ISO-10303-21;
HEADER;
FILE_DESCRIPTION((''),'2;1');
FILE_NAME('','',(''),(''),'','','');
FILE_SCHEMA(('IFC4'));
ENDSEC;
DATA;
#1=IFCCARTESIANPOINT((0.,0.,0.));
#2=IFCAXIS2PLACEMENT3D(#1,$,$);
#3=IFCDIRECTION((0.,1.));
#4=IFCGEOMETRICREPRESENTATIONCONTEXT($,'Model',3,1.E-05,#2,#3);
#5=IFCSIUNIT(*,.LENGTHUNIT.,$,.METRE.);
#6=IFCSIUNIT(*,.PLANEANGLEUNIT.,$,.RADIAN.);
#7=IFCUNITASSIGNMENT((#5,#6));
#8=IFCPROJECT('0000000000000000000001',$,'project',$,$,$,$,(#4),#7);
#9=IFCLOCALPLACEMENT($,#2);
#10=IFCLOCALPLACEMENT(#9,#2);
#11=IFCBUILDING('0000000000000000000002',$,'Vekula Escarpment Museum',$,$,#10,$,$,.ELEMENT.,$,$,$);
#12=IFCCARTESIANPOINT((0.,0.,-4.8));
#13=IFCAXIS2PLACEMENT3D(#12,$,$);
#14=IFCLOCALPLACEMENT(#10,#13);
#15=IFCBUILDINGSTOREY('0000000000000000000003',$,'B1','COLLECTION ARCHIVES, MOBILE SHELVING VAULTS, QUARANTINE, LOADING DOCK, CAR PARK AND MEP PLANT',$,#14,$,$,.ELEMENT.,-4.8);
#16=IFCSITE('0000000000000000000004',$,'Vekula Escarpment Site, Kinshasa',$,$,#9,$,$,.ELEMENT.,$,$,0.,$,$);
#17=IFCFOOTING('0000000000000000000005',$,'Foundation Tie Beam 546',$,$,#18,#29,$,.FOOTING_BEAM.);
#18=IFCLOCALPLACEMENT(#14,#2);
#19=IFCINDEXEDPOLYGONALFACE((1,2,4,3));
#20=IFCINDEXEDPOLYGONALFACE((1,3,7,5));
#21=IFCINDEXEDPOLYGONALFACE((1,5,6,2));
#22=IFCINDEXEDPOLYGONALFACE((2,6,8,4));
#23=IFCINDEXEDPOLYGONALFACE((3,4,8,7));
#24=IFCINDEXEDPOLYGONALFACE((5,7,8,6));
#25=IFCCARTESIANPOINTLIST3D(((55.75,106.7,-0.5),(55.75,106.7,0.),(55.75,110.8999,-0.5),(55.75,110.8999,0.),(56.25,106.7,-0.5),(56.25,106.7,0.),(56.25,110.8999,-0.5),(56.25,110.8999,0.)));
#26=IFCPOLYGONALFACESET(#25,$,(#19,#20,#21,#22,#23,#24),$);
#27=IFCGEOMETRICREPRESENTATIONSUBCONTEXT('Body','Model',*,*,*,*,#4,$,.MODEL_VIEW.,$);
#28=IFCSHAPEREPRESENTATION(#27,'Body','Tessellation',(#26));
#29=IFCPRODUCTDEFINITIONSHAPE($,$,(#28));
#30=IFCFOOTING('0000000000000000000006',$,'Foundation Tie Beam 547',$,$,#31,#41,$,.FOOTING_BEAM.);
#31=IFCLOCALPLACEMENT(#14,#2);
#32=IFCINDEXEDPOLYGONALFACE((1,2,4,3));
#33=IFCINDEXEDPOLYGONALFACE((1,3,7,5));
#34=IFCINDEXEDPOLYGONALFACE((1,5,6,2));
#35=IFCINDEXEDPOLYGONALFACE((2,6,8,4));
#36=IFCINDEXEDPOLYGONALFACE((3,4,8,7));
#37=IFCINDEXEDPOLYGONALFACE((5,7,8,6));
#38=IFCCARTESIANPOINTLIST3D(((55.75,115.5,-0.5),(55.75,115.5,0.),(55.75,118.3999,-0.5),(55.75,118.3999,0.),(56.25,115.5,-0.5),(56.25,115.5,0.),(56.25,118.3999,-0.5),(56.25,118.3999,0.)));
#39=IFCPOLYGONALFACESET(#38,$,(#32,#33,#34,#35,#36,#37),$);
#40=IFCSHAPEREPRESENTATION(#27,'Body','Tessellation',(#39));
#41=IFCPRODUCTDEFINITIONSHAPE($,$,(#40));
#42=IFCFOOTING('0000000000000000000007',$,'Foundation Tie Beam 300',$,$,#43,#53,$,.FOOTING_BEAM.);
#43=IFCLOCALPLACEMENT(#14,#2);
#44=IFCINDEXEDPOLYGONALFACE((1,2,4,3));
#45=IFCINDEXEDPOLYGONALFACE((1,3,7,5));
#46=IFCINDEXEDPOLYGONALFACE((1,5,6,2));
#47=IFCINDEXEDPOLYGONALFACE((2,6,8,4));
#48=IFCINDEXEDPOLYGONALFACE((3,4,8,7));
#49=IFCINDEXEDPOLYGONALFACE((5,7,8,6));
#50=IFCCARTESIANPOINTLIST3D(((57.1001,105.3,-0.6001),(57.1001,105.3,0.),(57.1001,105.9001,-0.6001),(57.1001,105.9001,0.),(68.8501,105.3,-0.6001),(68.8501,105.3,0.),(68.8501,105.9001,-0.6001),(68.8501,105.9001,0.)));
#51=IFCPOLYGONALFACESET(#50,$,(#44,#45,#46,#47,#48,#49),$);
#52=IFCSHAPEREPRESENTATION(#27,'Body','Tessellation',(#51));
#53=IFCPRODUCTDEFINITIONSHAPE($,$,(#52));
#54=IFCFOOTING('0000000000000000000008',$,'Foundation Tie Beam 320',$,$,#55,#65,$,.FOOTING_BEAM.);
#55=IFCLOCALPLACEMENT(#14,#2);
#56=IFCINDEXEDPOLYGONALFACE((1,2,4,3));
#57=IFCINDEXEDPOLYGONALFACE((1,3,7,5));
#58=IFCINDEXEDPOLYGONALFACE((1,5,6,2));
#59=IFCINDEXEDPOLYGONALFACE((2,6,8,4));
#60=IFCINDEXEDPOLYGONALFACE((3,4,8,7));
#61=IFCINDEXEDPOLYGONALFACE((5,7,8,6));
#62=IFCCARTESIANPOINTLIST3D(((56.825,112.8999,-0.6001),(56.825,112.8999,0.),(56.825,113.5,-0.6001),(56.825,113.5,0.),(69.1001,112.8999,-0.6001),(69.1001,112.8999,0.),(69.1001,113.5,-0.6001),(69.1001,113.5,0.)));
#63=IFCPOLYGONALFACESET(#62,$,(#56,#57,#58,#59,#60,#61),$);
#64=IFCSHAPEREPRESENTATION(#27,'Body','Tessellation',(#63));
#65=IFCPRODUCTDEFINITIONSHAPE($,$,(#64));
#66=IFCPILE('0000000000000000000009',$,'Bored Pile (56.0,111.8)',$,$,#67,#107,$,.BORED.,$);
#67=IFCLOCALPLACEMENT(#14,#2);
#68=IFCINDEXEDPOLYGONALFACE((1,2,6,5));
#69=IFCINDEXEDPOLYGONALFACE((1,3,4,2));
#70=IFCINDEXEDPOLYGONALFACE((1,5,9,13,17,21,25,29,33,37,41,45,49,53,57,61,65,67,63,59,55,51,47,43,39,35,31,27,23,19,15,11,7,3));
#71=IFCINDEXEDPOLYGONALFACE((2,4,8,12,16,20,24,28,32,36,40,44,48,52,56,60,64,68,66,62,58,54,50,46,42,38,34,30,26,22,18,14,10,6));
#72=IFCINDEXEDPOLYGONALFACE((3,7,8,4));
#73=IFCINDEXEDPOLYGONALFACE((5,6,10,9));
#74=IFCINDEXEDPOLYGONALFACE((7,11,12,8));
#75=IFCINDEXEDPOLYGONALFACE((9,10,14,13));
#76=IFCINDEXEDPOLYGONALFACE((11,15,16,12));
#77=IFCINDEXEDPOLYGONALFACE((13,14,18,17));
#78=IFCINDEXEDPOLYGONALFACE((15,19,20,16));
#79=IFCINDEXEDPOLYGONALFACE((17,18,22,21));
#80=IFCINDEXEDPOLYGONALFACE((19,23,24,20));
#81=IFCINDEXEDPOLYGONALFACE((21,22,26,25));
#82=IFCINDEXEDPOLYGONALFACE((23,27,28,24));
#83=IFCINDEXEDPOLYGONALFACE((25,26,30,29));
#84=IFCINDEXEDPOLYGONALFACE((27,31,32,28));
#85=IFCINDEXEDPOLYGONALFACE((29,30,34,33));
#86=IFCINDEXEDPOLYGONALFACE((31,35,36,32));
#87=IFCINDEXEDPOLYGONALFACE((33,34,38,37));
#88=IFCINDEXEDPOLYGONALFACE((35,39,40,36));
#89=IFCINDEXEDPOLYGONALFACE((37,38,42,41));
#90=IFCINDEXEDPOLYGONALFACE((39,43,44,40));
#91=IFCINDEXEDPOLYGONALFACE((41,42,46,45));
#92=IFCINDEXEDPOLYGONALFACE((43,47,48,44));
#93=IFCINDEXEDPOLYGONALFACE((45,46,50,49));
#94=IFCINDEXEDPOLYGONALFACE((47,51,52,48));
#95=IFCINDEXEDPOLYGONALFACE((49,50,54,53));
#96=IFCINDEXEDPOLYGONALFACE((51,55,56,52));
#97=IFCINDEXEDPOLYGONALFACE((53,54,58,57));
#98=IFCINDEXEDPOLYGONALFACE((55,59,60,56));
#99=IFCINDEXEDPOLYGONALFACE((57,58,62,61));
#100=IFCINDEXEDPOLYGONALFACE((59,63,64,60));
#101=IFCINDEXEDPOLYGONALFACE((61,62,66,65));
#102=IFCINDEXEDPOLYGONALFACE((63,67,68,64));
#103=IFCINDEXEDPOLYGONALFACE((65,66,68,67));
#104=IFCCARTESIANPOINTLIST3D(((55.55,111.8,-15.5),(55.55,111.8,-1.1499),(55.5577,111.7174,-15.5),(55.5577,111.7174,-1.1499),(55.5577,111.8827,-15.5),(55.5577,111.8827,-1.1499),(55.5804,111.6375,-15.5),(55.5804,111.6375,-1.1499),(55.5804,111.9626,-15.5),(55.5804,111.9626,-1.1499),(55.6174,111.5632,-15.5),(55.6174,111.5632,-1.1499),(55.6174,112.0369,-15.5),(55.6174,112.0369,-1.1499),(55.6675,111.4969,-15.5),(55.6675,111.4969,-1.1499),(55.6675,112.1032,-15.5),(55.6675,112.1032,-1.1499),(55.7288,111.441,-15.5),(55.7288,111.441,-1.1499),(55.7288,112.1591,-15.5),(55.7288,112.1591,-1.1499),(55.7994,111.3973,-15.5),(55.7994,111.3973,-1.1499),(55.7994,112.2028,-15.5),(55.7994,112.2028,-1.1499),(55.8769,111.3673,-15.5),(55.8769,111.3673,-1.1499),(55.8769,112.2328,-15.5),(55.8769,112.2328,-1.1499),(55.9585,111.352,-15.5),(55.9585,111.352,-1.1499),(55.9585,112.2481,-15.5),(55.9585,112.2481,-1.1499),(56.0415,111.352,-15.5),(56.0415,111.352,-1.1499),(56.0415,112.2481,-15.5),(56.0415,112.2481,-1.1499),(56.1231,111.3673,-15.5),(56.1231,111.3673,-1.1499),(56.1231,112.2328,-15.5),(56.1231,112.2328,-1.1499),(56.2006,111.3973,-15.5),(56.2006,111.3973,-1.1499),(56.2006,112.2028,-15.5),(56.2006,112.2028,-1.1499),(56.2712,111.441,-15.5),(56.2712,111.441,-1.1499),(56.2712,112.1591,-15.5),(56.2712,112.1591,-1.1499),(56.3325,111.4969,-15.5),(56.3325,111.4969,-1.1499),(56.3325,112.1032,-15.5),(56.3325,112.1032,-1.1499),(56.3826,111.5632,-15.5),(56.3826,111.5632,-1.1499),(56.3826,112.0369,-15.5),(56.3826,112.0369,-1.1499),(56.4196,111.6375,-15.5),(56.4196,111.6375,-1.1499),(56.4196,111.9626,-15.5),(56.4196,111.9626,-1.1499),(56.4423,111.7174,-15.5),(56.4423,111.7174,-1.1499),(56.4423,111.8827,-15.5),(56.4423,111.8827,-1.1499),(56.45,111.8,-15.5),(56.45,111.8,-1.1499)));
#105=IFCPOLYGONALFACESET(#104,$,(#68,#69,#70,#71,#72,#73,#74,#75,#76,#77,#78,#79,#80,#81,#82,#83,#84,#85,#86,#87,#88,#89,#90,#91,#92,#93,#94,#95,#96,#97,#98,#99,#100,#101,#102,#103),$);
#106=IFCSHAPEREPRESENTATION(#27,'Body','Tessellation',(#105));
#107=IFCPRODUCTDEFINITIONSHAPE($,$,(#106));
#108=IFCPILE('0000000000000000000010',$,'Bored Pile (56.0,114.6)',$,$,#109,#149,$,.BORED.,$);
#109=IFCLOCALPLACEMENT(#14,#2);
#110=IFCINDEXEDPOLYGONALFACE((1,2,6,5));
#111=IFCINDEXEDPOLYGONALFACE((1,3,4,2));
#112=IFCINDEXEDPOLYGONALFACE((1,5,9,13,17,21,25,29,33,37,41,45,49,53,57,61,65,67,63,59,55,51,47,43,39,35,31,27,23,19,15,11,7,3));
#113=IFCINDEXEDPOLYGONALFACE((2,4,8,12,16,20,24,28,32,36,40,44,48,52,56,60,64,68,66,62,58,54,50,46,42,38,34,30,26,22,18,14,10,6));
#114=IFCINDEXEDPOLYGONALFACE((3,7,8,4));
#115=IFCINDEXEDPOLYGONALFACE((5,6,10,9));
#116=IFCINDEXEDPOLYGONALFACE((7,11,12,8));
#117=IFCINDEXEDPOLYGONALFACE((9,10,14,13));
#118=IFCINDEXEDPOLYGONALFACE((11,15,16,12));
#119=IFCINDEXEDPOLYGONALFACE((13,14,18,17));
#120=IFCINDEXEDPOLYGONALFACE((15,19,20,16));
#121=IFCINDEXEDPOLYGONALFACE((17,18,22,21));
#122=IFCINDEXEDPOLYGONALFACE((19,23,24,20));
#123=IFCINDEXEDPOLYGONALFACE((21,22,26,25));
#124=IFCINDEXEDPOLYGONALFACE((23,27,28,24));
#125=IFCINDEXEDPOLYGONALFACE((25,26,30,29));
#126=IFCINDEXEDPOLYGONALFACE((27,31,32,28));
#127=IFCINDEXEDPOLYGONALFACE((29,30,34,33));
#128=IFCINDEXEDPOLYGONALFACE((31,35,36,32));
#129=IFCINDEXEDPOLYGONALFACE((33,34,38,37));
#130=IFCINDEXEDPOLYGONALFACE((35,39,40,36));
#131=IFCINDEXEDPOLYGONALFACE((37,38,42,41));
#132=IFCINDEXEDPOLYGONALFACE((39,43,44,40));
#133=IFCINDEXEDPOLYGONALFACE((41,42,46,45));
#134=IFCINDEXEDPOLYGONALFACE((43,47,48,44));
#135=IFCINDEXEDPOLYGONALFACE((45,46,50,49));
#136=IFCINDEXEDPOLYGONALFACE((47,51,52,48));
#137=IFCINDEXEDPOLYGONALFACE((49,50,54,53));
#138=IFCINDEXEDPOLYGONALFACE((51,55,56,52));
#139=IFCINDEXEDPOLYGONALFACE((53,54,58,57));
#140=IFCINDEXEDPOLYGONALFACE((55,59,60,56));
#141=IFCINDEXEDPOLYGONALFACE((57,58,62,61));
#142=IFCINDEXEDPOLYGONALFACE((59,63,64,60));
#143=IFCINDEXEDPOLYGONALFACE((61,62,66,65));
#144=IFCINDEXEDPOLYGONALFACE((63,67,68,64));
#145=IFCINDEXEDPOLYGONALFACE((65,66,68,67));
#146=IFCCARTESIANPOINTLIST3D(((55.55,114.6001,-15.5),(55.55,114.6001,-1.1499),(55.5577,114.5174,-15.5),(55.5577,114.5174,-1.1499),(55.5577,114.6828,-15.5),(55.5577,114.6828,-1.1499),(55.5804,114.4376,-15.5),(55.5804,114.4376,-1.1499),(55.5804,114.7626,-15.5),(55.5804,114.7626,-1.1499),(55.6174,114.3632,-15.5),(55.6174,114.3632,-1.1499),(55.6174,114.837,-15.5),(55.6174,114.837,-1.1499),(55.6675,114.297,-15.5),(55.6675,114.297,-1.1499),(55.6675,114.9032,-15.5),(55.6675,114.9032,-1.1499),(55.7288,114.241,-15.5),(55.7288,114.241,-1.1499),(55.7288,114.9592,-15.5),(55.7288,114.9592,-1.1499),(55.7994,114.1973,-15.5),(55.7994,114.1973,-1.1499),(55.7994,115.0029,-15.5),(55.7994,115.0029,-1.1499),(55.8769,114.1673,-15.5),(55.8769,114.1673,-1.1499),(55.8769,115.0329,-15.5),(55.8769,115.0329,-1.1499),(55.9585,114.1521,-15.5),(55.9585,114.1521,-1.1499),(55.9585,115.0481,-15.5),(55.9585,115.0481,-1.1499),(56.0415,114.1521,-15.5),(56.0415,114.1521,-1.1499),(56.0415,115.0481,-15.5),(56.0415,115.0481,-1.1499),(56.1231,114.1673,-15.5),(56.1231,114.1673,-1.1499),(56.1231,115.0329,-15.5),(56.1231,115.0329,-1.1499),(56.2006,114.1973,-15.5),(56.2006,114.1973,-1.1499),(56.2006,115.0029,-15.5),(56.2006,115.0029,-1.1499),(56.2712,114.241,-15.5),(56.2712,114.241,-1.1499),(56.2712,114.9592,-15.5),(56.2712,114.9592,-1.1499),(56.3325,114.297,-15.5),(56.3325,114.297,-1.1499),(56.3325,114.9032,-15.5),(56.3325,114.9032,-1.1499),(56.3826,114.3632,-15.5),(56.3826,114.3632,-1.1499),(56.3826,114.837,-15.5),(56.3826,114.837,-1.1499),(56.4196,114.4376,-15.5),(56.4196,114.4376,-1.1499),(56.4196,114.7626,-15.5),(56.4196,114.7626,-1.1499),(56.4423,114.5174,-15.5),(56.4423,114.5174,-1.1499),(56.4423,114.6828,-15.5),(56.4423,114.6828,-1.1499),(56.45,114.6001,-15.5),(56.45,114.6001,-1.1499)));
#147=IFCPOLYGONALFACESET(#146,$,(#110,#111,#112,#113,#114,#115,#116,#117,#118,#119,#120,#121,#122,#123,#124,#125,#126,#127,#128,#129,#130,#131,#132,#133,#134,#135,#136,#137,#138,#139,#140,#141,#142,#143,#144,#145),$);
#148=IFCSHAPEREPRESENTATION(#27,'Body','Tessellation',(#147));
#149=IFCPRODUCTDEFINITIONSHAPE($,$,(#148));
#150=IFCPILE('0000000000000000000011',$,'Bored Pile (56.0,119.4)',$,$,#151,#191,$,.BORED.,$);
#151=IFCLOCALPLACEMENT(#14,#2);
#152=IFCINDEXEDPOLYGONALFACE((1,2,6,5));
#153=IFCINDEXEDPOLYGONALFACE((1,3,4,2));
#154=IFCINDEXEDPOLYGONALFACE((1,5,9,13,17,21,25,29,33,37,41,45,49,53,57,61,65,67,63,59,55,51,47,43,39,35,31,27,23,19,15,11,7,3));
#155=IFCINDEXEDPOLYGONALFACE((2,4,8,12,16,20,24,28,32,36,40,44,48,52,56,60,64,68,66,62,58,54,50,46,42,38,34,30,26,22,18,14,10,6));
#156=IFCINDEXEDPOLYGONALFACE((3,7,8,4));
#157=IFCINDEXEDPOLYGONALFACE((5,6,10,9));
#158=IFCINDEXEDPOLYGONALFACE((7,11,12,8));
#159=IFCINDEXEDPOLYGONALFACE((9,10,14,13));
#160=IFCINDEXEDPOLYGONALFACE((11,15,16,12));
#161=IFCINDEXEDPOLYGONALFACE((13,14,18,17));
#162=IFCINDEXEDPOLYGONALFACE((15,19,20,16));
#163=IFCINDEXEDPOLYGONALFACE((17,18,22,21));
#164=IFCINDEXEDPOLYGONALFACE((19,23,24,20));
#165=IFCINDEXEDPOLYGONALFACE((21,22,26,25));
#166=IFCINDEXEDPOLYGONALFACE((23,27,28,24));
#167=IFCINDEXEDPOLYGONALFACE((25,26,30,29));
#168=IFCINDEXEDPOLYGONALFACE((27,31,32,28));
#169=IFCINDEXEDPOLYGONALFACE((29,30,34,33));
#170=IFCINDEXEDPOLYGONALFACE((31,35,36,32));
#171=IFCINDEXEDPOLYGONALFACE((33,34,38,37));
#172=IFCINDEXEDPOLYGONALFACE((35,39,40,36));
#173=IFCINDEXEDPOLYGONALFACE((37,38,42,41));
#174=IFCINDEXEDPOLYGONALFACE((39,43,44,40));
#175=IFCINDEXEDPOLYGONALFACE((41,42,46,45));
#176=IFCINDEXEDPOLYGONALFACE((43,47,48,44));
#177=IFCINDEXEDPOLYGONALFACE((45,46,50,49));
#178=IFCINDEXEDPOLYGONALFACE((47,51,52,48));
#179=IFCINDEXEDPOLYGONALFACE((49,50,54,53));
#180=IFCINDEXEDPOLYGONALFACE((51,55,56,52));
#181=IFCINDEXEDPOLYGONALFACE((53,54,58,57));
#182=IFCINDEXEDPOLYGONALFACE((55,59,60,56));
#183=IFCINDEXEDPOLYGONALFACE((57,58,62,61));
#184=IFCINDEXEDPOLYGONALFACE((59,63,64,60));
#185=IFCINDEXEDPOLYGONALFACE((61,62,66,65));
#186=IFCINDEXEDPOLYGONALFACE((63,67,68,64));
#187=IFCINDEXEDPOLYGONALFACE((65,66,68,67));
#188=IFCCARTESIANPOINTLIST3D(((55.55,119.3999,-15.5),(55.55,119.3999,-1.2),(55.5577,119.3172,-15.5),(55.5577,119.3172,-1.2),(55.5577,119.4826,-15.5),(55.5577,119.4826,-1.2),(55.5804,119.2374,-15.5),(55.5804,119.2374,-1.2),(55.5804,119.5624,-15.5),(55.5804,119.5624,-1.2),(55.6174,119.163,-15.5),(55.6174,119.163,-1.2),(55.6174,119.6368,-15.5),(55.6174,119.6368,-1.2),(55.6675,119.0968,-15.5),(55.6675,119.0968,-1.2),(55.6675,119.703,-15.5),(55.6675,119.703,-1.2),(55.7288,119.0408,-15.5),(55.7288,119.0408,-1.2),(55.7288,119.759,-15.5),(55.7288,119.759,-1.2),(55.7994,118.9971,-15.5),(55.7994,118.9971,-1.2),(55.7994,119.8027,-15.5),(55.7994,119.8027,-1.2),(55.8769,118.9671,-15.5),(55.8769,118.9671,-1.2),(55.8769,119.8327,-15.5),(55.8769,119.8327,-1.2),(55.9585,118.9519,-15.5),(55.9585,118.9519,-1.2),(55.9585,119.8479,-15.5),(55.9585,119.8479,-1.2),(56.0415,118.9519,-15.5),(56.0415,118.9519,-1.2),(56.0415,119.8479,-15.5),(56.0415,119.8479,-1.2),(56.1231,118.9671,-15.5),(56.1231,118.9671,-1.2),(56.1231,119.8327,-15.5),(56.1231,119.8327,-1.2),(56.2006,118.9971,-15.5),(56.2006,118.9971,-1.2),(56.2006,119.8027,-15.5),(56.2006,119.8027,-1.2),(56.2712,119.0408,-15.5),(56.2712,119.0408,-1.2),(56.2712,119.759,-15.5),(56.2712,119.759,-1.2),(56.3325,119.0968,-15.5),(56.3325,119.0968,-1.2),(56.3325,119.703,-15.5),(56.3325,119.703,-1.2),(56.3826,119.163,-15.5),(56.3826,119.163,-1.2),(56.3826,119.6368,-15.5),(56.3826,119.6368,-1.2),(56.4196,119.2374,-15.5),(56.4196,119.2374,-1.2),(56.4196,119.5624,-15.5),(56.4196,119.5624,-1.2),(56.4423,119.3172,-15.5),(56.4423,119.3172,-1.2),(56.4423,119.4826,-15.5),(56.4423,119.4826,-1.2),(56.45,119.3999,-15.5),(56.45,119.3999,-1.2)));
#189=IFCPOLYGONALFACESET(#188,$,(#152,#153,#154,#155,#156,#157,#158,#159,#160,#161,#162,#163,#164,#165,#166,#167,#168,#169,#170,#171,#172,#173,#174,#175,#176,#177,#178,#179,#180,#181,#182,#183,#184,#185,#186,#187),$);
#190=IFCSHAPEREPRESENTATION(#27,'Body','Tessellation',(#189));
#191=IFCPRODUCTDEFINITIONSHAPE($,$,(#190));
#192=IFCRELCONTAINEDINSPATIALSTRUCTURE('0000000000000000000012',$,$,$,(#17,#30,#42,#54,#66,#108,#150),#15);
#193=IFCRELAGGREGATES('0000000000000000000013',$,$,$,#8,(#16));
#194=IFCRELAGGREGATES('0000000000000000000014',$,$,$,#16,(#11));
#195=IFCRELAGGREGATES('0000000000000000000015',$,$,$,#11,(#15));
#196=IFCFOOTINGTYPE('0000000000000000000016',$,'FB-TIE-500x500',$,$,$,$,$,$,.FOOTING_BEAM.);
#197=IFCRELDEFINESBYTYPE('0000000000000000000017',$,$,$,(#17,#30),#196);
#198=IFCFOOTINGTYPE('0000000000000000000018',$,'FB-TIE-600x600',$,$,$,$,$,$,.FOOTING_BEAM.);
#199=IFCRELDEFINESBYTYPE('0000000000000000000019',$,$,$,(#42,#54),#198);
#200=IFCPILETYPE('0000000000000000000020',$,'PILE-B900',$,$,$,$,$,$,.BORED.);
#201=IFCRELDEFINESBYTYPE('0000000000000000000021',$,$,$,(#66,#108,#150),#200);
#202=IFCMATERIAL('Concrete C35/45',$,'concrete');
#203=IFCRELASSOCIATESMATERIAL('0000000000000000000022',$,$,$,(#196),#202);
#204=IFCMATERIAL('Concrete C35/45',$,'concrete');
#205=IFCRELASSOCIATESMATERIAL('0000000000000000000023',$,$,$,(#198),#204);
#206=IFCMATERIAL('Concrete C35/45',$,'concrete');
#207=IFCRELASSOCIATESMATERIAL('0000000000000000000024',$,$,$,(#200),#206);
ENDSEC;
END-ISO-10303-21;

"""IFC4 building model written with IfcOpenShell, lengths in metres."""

from ifc_helpers import new_model, si_unit, direction, frame, origin, origin_2d, place, context, subcontext, project, spatial, rectangle, circle, extrude, material, material_profile, profile_set, type_object, element, save


model = new_model("IFC4")

# Units and contexts
model_context = context("Model", 3, precision=1e-05, world=origin(), true_north=direction((0.0, 1.0)))
body_context = subcontext(model_context, "Body", "Model", "MODEL_VIEW")
ifc_project = project(units=[si_unit("LENGTHUNIT", "METRE"), si_unit("PLANEANGLEUNIT", "RADIAN")], contexts=[model_context])

# Site, building, storey
site_placement = place(None, origin())
site = spatial("IfcSite", under=ifc_project, at=site_placement, Name="Vekula Escarpment Site, Kinshasa", CompositionType="ELEMENT", RefElevation=0.0)
building_placement = place(site_placement, origin())
building = spatial("IfcBuilding", under=site, at=building_placement, Name="Vekula Escarpment Museum", CompositionType="ELEMENT")
storey_placement = place(building_placement, frame((0.0, 0.0, -4.8)))
storey = spatial("IfcBuildingStorey", under=building, at=storey_placement, Name="B1", Description="COLLECTION ARCHIVES, MOBILE SHELVING VAULTS, QUARANTINE, LOADING DOCK, CAR PARK AND MEP PLANT", CompositionType="ELEMENT", Elevation=-4.8)

# Footings
ifc_material_1 = material(Name="Concrete C35/45", Category="concrete")
ifc_material_profile_1 = material_profile(ifc_material_1, rectangle(XDim=0.5, YDim=0.5, at=origin_2d()), Name="RC 500x500")
ifc_profile_set_1 = profile_set([ifc_material_profile_1], Name="Concrete C35/45")
footing_type_1 = type_object("IfcFootingType", Name="FB-TIE-500x500", PredefinedType="FOOTING_BEAM", material=ifc_profile_set_1)
footing_1_placement = place(storey_placement, frame((56.0, 106.7, -0.25), z_axis=(0.0, 1.0, 0.0), x_axis=(-1.0, 0.0, 0.0)))
element("IfcFooting", 1, at=footing_1_placement, inside=storey, type_object=footing_type_1, Name="Foundation Tie Beam 546", PredefinedType="FOOTING_BEAM", context=body_context, shape_type="SweptSolid", body=[
    extrude(rectangle(XDim=0.5, YDim=0.5, at=origin_2d()), origin(), (0.0, 0.0, 1.0), 4.2),
])
footing_2_placement = place(storey_placement, frame((56.0, 115.5, -0.25), z_axis=(0.0, 1.0, 0.0), x_axis=(-1.0, 0.0, 0.0)))
element("IfcFooting", 2, at=footing_2_placement, inside=storey, type_object=footing_type_1, Name="Foundation Tie Beam 547", PredefinedType="FOOTING_BEAM", context=body_context, shape_type="SweptSolid", body=[
    extrude(rectangle(XDim=0.5, YDim=0.5, at=origin_2d()), origin(), (0.0, 0.0, 1.0), 2.8999),
])
ifc_material_2 = material(Name="Concrete C35/45", Category="concrete")
ifc_material_profile_2 = material_profile(ifc_material_2, rectangle(XDim=0.6001, YDim=0.6001, at=origin_2d()), Name="RC 600x600")
ifc_profile_set_2 = profile_set([ifc_material_profile_2], Name="Concrete C35/45")
footing_type_2 = type_object("IfcFootingType", Name="FB-TIE-600x600", PredefinedType="FOOTING_BEAM", material=ifc_profile_set_2)
footing_3_placement = place(storey_placement, frame((57.1001, 105.6001, -0.3), z_axis=(1.0, 0.0, 0.0), x_axis=(0.0, 1.0, 0.0)))
element("IfcFooting", 3, at=footing_3_placement, inside=storey, type_object=footing_type_2, Name="Foundation Tie Beam 300", PredefinedType="FOOTING_BEAM", context=body_context, shape_type="SweptSolid", body=[
    extrude(rectangle(XDim=0.6001, YDim=0.6001, at=origin_2d()), origin(), (0.0, 0.0, 1.0), 11.75),
])
footing_4_placement = place(storey_placement, frame((56.825, 113.2, -0.3), z_axis=(1.0, 0.0, 0.0), x_axis=(0.0, 1.0, 0.0)))
element("IfcFooting", 4, at=footing_4_placement, inside=storey, type_object=footing_type_2, Name="Foundation Tie Beam 320", PredefinedType="FOOTING_BEAM", context=body_context, shape_type="SweptSolid", body=[
    extrude(rectangle(XDim=0.6001, YDim=0.6001, at=origin_2d()), origin(), (0.0, 0.0, 1.0), 12.2751),
])

# Piles
ifc_material_3 = material(Name="Concrete C35/45", Category="concrete")
ifc_material_profile_3 = material_profile(ifc_material_3, circle(Radius=0.45, at=origin_2d()), Name="BORED PILE 900")
ifc_profile_set_3 = profile_set([ifc_material_profile_3], Name="Concrete C35/45")
pile_type = type_object("IfcPileType", Name="PILE-B900", PredefinedType="BORED", material=ifc_profile_set_3)
for number, where, z_axis, x_axis, name in (
    (5, (56.0, 111.8, -1.1499), (0.0, 0.0, -1.0), (1.0, 0.0, 0.0), "Bored Pile (56.0,111.8)"),
    (6, (56.0, 114.6001, -1.1499), (0.0, 0.0, -1.0), (1.0, 0.0, 0.0), "Bored Pile (56.0,114.6)"),
):
    element("IfcPile", number, at=place(storey_placement, frame(where, z_axis=z_axis, x_axis=x_axis)), inside=storey, type_object=pile_type, Name=name, PredefinedType="BORED", context=body_context, shape_type="SweptSolid", body=[
        extrude(circle(Radius=0.45, at=origin_2d()), origin(), (0.0, 0.0, 1.0), 14.3501),
    ])
pile_placement = place(storey_placement, frame((56.0, 119.3999, -1.2), z_axis=(0.0, 0.0, -1.0), x_axis=(1.0, 0.0, 0.0)))
element("IfcPile", 7, at=pile_placement, inside=storey, type_object=pile_type, Name="Bored Pile (56.0,119.4)", PredefinedType="BORED", context=body_context, shape_type="SweptSolid", body=[
    extrude(circle(Radius=0.45, at=origin_2d()), origin(), (0.0, 0.0, 1.0), 14.3),
])

save(model, "model.ifc")
